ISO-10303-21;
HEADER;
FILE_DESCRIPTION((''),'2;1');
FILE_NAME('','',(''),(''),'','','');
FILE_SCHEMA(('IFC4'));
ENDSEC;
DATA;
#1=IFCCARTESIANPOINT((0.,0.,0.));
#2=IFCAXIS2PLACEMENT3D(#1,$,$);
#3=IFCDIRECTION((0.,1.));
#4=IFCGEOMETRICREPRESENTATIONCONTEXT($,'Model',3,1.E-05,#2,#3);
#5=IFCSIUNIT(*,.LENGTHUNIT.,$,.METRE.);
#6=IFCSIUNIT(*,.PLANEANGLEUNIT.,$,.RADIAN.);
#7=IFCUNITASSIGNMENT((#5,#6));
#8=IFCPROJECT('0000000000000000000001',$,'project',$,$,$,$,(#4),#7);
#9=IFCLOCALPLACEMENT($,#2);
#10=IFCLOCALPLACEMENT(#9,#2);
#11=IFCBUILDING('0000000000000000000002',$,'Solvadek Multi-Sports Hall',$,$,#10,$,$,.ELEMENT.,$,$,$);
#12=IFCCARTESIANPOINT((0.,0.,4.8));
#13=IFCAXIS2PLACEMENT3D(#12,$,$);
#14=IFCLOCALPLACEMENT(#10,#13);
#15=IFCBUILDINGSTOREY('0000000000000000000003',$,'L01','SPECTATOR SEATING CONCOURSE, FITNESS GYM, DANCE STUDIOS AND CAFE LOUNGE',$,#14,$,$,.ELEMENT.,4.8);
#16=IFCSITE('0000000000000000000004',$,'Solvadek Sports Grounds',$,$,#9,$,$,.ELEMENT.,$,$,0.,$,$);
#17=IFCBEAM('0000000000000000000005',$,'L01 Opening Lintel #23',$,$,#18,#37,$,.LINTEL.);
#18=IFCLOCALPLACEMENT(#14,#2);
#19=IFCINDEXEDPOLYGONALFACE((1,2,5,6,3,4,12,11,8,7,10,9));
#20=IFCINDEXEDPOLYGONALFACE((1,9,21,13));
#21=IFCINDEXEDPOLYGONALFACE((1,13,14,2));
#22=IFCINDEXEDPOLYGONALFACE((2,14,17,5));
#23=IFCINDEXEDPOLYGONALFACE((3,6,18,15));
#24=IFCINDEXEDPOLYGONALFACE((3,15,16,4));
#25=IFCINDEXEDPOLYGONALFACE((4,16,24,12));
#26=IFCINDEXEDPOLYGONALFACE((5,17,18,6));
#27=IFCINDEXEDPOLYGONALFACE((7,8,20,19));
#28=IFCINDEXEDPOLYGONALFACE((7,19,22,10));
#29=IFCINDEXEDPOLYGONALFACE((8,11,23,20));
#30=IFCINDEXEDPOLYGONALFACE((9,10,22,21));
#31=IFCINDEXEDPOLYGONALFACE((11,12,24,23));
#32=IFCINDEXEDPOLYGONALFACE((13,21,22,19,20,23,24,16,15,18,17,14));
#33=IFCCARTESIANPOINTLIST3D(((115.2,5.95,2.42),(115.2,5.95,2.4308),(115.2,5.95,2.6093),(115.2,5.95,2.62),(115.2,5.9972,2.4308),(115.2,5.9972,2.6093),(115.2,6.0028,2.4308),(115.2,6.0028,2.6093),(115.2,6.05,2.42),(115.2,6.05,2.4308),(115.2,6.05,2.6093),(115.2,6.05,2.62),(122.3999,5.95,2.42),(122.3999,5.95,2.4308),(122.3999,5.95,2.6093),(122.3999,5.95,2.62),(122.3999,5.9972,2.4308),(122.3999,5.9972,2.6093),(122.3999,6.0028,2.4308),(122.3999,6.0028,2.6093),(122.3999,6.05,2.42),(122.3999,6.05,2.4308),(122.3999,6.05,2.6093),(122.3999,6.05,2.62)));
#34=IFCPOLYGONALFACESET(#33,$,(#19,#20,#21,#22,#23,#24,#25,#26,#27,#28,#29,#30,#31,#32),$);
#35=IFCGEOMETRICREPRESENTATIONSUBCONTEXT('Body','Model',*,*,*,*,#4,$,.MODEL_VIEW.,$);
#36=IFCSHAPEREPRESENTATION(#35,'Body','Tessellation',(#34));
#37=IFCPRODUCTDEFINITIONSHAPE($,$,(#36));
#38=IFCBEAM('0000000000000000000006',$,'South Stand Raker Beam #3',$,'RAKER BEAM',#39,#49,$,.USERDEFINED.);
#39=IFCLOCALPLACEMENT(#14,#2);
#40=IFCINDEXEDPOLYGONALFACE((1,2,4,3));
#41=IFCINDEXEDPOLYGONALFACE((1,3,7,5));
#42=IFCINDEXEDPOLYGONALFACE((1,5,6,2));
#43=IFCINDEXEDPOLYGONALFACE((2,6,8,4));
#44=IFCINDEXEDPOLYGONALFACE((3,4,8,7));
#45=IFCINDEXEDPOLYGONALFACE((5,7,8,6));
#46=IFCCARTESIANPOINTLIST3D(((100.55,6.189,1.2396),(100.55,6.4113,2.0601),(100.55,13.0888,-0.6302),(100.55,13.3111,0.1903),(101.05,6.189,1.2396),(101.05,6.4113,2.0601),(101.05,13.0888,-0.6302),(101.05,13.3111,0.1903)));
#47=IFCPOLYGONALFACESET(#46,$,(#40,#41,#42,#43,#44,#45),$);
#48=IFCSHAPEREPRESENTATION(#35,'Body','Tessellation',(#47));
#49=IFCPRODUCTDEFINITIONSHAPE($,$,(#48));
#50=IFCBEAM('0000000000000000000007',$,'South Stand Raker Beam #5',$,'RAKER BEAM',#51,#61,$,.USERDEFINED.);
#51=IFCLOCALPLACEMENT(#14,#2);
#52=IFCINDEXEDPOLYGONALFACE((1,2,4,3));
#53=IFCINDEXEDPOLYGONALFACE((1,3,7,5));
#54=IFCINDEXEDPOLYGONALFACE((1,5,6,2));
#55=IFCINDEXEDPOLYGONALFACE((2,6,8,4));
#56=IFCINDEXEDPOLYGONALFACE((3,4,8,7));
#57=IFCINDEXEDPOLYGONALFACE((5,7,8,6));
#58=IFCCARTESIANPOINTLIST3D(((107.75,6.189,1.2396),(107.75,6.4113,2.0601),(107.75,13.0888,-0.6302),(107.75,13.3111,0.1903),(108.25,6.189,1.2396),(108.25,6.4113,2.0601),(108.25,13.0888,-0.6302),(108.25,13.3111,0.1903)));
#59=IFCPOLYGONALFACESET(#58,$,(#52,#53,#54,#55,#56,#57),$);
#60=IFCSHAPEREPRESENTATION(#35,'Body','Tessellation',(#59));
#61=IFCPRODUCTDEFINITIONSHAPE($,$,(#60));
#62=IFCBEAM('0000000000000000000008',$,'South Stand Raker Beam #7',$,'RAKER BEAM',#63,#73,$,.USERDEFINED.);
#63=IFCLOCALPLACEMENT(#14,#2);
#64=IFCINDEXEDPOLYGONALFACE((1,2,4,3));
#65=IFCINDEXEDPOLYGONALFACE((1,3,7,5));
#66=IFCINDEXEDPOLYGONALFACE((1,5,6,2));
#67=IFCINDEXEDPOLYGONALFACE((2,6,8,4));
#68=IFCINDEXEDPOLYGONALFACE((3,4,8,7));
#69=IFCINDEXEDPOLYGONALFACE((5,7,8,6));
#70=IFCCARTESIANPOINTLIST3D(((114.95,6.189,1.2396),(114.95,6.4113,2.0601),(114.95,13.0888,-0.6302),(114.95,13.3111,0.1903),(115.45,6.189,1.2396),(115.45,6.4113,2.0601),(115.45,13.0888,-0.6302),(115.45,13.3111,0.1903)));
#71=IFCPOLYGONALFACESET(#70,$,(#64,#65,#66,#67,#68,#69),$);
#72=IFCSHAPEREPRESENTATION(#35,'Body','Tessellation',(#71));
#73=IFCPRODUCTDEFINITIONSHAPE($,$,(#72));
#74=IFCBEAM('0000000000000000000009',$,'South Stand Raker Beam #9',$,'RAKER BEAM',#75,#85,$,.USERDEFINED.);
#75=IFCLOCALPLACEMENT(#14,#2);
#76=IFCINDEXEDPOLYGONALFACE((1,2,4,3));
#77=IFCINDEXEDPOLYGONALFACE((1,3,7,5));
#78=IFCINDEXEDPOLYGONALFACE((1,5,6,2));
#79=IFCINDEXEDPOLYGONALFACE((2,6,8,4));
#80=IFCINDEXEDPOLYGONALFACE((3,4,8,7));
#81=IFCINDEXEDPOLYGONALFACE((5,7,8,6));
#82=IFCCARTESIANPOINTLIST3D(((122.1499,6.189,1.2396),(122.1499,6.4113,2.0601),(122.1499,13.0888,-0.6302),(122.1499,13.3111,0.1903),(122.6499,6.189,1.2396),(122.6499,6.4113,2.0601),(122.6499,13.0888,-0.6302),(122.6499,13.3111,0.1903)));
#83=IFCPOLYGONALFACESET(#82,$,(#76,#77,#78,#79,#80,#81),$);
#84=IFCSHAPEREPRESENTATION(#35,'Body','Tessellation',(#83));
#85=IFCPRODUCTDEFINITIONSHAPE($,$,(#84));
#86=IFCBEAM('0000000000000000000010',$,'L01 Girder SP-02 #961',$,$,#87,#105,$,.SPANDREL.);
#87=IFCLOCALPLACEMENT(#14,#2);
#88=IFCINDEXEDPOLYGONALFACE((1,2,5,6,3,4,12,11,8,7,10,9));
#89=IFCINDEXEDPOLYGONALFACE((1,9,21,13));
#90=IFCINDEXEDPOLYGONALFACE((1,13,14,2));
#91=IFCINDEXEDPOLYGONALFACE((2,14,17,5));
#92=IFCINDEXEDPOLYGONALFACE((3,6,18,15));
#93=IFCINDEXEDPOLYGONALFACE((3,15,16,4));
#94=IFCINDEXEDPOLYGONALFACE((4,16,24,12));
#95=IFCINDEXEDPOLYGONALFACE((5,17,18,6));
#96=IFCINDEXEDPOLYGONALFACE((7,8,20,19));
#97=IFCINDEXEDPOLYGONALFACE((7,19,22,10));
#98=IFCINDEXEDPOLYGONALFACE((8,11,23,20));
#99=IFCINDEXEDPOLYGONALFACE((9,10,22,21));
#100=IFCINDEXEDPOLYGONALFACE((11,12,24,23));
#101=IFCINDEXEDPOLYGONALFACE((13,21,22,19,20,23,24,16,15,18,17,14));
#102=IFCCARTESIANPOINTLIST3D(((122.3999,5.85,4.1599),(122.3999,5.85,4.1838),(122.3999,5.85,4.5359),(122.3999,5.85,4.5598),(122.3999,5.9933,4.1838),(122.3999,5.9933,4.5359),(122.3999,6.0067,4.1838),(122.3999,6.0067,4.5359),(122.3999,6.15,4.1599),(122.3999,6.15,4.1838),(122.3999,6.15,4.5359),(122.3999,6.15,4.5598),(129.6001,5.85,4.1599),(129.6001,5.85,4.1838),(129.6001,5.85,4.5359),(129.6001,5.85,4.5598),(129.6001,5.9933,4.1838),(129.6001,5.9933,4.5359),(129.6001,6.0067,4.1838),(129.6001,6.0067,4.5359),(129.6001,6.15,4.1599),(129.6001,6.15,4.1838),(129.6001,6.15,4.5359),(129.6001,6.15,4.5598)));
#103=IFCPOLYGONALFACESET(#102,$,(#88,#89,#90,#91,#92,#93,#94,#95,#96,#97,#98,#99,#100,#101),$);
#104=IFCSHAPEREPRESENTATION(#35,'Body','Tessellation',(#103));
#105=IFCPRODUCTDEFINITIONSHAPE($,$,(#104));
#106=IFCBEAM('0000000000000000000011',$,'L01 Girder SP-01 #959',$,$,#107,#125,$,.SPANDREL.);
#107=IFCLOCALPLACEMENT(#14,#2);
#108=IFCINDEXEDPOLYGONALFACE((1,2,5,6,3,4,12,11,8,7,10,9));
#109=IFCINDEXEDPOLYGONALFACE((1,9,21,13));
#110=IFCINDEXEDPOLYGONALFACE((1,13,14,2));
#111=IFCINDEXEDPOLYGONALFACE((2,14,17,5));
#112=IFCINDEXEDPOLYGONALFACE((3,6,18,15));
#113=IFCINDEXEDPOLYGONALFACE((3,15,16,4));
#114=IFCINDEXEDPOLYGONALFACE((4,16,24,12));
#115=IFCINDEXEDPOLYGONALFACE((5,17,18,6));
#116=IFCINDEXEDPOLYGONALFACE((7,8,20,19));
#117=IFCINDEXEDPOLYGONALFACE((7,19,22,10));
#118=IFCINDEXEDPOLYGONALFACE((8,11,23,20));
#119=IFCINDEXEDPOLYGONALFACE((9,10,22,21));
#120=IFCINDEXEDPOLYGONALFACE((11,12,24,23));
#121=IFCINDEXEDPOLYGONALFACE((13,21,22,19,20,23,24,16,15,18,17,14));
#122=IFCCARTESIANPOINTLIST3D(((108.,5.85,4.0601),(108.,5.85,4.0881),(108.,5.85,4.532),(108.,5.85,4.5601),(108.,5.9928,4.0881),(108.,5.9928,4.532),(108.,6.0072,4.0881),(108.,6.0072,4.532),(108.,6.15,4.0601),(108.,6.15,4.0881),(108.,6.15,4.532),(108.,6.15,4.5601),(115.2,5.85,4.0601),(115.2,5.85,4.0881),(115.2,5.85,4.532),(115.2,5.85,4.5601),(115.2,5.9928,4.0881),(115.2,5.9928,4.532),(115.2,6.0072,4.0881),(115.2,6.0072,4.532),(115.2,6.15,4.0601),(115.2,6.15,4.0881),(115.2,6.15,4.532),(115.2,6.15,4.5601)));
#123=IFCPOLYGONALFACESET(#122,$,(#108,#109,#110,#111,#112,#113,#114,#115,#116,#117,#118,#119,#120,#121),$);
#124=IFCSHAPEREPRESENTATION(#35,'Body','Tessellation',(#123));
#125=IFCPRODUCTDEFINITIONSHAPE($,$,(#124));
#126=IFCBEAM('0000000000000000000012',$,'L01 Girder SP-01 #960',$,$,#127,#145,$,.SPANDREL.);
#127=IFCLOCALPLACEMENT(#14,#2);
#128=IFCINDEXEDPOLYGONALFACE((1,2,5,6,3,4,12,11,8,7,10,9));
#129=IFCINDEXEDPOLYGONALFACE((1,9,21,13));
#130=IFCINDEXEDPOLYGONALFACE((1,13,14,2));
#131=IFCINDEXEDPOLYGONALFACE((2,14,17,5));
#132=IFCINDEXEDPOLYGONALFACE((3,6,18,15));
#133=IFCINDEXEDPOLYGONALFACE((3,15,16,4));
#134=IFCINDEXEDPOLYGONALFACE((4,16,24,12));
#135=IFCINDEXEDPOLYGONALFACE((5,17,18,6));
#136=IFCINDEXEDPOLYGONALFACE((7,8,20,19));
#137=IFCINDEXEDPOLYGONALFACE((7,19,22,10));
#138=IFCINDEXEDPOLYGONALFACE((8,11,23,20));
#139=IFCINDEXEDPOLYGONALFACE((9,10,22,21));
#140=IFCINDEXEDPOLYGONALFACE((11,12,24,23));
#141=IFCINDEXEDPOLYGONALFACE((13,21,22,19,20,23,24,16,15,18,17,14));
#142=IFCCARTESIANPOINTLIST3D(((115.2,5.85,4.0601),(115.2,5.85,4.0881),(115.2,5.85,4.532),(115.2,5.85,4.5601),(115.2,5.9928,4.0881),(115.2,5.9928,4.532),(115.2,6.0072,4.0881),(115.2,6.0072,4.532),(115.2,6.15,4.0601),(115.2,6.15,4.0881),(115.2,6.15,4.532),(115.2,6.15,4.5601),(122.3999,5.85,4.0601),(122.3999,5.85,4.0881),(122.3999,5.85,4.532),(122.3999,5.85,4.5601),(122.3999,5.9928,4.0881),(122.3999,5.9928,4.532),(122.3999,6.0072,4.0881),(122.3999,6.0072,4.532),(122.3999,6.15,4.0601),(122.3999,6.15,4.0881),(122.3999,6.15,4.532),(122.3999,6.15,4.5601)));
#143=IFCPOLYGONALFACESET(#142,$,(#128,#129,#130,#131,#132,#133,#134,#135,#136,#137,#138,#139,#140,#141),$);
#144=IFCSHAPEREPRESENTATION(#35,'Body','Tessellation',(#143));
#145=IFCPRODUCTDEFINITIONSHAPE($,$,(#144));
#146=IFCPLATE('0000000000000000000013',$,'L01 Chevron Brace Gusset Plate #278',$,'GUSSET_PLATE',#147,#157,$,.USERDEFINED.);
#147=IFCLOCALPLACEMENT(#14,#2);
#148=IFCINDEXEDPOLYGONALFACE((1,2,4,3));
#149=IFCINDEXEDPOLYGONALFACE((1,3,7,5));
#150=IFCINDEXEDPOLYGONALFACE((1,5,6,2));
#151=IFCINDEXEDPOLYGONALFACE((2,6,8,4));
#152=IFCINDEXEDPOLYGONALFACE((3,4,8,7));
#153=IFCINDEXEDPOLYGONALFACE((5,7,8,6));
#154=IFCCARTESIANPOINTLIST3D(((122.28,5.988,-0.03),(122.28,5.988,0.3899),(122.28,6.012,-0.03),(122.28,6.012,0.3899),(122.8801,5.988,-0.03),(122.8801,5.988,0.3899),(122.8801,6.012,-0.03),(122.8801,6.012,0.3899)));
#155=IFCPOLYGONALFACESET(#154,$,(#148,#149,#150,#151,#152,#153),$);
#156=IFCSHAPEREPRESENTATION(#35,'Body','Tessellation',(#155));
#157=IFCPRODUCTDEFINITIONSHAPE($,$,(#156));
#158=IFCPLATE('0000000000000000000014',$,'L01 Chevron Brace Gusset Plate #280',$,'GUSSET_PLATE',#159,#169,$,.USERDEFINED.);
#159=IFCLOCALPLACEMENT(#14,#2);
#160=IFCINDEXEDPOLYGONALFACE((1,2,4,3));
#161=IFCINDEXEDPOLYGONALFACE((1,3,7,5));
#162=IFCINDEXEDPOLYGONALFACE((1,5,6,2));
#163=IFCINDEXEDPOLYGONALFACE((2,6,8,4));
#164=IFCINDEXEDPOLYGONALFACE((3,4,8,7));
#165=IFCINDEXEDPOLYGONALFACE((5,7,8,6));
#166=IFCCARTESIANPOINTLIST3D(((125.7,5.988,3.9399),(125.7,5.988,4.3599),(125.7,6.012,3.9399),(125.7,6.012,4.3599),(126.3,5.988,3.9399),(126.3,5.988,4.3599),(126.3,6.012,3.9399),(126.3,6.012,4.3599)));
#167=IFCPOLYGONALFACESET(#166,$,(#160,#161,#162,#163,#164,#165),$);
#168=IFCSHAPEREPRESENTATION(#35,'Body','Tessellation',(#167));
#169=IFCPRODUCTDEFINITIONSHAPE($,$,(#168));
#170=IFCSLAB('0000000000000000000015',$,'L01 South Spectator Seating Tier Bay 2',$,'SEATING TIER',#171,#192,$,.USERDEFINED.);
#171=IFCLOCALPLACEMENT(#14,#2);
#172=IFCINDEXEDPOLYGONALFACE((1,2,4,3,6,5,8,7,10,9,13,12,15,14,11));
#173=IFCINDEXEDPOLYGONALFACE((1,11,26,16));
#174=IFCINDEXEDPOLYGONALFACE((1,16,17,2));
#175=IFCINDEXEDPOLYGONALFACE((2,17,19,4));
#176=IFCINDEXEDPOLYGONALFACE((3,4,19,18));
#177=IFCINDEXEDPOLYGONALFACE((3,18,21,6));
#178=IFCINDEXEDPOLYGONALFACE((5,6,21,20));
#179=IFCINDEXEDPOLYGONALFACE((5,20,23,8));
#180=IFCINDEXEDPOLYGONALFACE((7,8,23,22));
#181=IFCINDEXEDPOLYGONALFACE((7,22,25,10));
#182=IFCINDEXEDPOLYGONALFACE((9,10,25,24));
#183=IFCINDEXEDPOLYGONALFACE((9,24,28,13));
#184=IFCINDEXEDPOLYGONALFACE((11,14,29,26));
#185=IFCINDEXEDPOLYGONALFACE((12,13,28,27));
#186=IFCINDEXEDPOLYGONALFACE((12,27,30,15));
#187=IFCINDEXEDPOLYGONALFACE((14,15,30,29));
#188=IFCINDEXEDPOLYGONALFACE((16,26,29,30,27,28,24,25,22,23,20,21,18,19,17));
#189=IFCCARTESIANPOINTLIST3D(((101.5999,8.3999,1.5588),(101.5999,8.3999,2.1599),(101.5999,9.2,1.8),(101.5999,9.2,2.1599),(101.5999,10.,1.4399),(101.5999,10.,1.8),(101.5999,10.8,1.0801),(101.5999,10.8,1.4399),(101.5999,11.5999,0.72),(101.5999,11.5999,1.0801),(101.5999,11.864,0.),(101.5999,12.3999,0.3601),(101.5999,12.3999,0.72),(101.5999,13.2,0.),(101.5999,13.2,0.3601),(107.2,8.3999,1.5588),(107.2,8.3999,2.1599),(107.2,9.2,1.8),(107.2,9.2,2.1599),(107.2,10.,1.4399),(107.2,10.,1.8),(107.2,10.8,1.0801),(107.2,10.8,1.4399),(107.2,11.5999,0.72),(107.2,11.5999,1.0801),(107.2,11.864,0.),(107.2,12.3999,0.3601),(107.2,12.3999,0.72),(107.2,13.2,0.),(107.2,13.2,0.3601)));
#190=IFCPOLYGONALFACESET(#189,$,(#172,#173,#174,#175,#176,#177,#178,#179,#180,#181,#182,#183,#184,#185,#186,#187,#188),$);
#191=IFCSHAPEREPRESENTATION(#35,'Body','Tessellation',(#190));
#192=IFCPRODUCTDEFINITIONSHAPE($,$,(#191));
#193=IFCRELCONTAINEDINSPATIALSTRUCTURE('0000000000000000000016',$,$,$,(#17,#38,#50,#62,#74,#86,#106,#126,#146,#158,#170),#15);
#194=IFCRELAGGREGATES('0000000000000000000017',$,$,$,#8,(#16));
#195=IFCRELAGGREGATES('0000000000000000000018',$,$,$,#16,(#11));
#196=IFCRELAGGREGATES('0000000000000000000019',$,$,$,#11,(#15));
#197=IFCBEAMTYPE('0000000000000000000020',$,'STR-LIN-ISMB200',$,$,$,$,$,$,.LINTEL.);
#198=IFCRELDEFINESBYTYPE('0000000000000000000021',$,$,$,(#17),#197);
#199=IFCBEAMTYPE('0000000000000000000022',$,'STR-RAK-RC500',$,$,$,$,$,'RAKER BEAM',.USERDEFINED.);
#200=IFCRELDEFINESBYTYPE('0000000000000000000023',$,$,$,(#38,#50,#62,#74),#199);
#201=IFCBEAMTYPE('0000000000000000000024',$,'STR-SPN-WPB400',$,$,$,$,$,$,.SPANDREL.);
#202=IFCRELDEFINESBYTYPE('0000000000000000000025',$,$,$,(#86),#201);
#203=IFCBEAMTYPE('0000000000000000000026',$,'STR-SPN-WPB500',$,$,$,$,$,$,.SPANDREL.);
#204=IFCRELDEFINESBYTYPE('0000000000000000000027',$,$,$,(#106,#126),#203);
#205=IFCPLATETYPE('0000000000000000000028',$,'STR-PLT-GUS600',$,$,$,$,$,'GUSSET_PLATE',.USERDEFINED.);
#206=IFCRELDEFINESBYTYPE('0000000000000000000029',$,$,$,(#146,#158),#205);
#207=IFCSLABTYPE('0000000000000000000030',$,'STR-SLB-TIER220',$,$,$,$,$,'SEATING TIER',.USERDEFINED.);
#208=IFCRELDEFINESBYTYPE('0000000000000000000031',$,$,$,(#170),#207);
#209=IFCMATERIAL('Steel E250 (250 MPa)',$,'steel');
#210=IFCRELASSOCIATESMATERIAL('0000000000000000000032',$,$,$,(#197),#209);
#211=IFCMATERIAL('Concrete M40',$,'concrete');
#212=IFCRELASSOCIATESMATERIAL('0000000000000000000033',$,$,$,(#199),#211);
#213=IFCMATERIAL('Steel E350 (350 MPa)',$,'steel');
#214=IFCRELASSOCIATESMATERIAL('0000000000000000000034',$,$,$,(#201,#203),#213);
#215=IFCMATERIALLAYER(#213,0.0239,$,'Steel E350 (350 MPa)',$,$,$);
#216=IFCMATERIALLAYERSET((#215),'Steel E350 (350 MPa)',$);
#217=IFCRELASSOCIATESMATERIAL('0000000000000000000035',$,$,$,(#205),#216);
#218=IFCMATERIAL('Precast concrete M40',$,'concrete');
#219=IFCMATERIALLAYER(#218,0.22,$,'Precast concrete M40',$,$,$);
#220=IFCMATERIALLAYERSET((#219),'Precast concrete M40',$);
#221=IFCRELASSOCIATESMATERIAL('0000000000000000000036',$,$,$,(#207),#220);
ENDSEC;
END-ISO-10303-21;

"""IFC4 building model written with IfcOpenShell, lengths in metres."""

from ifc_helpers import new_model, si_unit, direction, frame, origin, origin_2d, place, context, subcontext, project, spatial, polyline, rectangle, i_section, outline, extrude, material, layer, layer_set, material_profile, profile_set, type_object, element, save


model = new_model("IFC4")

# Units and contexts
model_context = context("Model", 3, precision=1e-05, world=origin(), true_north=direction((0.0, 1.0)))
body_context = subcontext(model_context, "Body", "Model", "MODEL_VIEW")
ifc_project = project(units=[si_unit("LENGTHUNIT", "METRE"), si_unit("PLANEANGLEUNIT", "RADIAN")], contexts=[model_context])

# Site, building, storey
site_placement = place(None, origin())
site = spatial("IfcSite", under=ifc_project, at=site_placement, Name="Solvadek Sports Grounds", CompositionType="ELEMENT", RefElevation=0.0)
building_placement = place(site_placement, origin())
building = spatial("IfcBuilding", under=site, at=building_placement, Name="Solvadek Multi-Sports Hall", CompositionType="ELEMENT")
storey_placement = place(building_placement, frame((0.0, 0.0, 4.8)))
storey = spatial("IfcBuildingStorey", under=building, at=storey_placement, Name="L01", Description="SPECTATOR SEATING CONCOURSE, FITNESS GYM, DANCE STUDIOS AND CAFE LOUNGE", CompositionType="ELEMENT", Elevation=4.8)

# Shared definitions
ifc_material_1 = material(Name="Steel E350 (350 MPa)", Category="steel")

# Beams
ifc_material_2 = material(Name="Steel E250 (250 MPa)", Category="steel")
ifc_material_profile_1 = material_profile(ifc_material_2, i_section(OverallWidth=0.1001, OverallDepth=0.2, WebThickness=0.0056, FlangeThickness=0.0107, at=origin_2d()), Name="ISMB 200")
ifc_profile_set_1 = profile_set([ifc_material_profile_1], Name="Steel E250 (250 MPa)")
beam_type_1 = type_object("IfcBeamType", Name="STR-LIN-ISMB200", PredefinedType="LINTEL", material=ifc_profile_set_1)
beam_1_placement = place(storey_placement, frame((115.2, 6.0, 2.52), z_axis=(1.0, 0.0, 0.0), x_axis=(0.0, 1.0, 0.0)))
element("IfcBeam", 1, at=beam_1_placement, inside=storey, type_object=beam_type_1, Name="L01 Opening Lintel #23", PredefinedType="LINTEL", context=body_context, shape_type="SweptSolid", body=[
    extrude(i_section(OverallWidth=0.1001, OverallDepth=0.2, WebThickness=0.0056, FlangeThickness=0.0107, at=origin_2d()), origin(), (0.0, 0.0, 1.0), 7.2),
])
ifc_material_3 = material(Name="Concrete M40", Category="concrete")
ifc_material_profile_2 = material_profile(ifc_material_3, rectangle(XDim=0.5, YDim=0.8501, at=origin_2d()), Name="RC RAKER 500x850")
ifc_profile_set_2 = profile_set([ifc_material_profile_2], Name="Concrete M40")
beam_type_2 = type_object("IfcBeamType", Name="STR-RAK-RC500", ElementType="RAKER BEAM", PredefinedType="USERDEFINED", material=ifc_profile_set_2)
for number, where, z_axis, x_axis, name in (
    (2, (100.8, 13.2, -0.22), (0.0, -0.965186, 0.261565), (1.0, 0.0, 0.0), "South Stand Raker Beam #3"),
    (3, (108.0, 13.2, -0.22), (0.0, -0.965186, 0.261565), (1.0, 0.0, 0.0), "South Stand Raker Beam #5"),
    (4, (115.2, 13.2, -0.22), (0.0, -0.965186, 0.261565), (1.0, 0.0, 0.0), "South Stand Raker Beam #7"),
    (5, (122.3999, 13.2, -0.22), (0.0, -0.965186, 0.261565), (1.0, 0.0, 0.0), "South Stand Raker Beam #9"),
):
    element("IfcBeam", number, at=place(storey_placement, frame(where, z_axis=z_axis, x_axis=x_axis)), inside=storey, type_object=beam_type_2, Name=name, ObjectType="RAKER BEAM", PredefinedType="USERDEFINED", context=body_context, shape_type="SweptSolid", body=[
        extrude(rectangle(XDim=0.5, YDim=0.8501, at=origin_2d()), origin(), (0.0, 0.0, 1.0), 7.1487),
    ])
ifc_material_profile_3 = material_profile(ifc_material_1, i_section(OverallWidth=0.3, OverallDepth=0.3999, WebThickness=0.0134, FlangeThickness=0.0239, at=origin_2d()), Name="WPB 400")
ifc_profile_set_3 = profile_set([ifc_material_profile_3], Name="Steel E350 (350 MPa)")
beam_type_3 = type_object("IfcBeamType", Name="STR-SPN-WPB400", PredefinedType="SPANDREL", material=ifc_profile_set_3)
beam_2_placement = place(storey_placement, frame((122.3999, 6.0, 4.3599), z_axis=(1.0, 0.0, 0.0), x_axis=(0.0, 1.0, 0.0)))
element("IfcBeam", 6, at=beam_2_placement, inside=storey, type_object=beam_type_3, Name="L01 Girder SP-02 #961", PredefinedType="SPANDREL", context=body_context, shape_type="SweptSolid", body=[
    extrude(i_section(OverallWidth=0.3, OverallDepth=0.3999, WebThickness=0.0134, FlangeThickness=0.0239, at=origin_2d()), origin(), (0.0, 0.0, 1.0), 7.2002),
])
ifc_material_profile_4 = material_profile(ifc_material_1, i_section(OverallWidth=0.3, OverallDepth=0.5, WebThickness=0.0144, FlangeThickness=0.0281, at=origin_2d()), Name="WPB 500")
ifc_profile_set_4 = profile_set([ifc_material_profile_4], Name="Steel E350 (350 MPa)")
beam_type_4 = type_object("IfcBeamType", Name="STR-SPN-WPB500", PredefinedType="SPANDREL", material=ifc_profile_set_4)
for number, where, z_axis, x_axis, name in (
    (7, (108.0, 6.0, 4.3101), (1.0, 0.0, 0.0), (0.0, 1.0, 0.0), "L01 Girder SP-01 #959"),
    (8, (115.2, 6.0, 4.3101), (1.0, 0.0, 0.0), (0.0, 1.0, 0.0), "L01 Girder SP-01 #960"),
):
    element("IfcBeam", number, at=place(storey_placement, frame(where, z_axis=z_axis, x_axis=x_axis)), inside=storey, type_object=beam_type_4, Name=name, PredefinedType="SPANDREL", context=body_context, shape_type="SweptSolid", body=[
        extrude(i_section(OverallWidth=0.3, OverallDepth=0.5, WebThickness=0.0144, FlangeThickness=0.0281, at=origin_2d()), origin(), (0.0, 0.0, 1.0), 7.2),
    ])

# Plates
ifc_layer_1 = layer(ifc_material_1, 0.0239, Name="Steel E350 (350 MPa)")
ifc_layer_set_1 = layer_set([ifc_layer_1], Name="Steel E350 (350 MPa)")
plate_type = type_object("IfcPlateType", Name="STR-PLT-GUS600", ElementType="GUSSET_PLATE", PredefinedType="USERDEFINED", material=ifc_layer_set_1)
for number, where, z_axis, x_axis, name in (
    (9, (122.5801, 6.0, -0.03), (0.0, 0.0, 1.0), (1.0, 0.0, 0.0), "L01 Chevron Brace Gusset Plate #278"),
    (10, (126.0, 6.0, 3.9399), (0.0, 0.0, 1.0), (1.0, 0.0, 0.0), "L01 Chevron Brace Gusset Plate #280"),
):
    element("IfcPlate", number, at=place(storey_placement, frame(where, z_axis=z_axis, x_axis=x_axis)), inside=storey, type_object=plate_type, Name=name, ObjectType="GUSSET_PLATE", PredefinedType="USERDEFINED", context=body_context, shape_type="SweptSolid", body=[
        extrude(rectangle(XDim=0.6001, YDim=0.0239, at=origin_2d()), origin(), (0.0, 0.0, 1.0), 0.4199),
    ])

# Slab
ifc_material_4 = material(Name="Precast concrete M40", Category="concrete")
ifc_layer_2 = layer(ifc_material_4, 0.22, Name="Precast concrete M40")
ifc_layer_set_2 = layer_set([ifc_layer_2], Name="Precast concrete M40")
slab_type = type_object("IfcSlabType", Name="STR-SLB-TIER220", ElementType="SEATING TIER", PredefinedType="USERDEFINED", material=ifc_layer_set_2)
slab_1_placement = place(storey_placement, frame((104.3999, 13.2, 0.0), z_axis=(0.0, 0.0, 1.0), x_axis=(0.0, -1.0, 0.0)))
element("IfcSlab", 11, at=slab_1_placement, inside=storey, type_object=slab_type, Name="L01 South Spectator Seating Tier Bay 2", ObjectType="SEATING TIER", PredefinedType="USERDEFINED", context=body_context, shape_type="SweptSolid", body=[
    extrude(outline(polyline([(0.0, 0.0), (0.0, 0.3601), (0.8, 0.3601), (0.8, 0.72), (1.6001, 0.72), (1.6001, 1.0801), (2.3999, 1.0801), (2.3999, 1.4399), (3.2, 1.4399), (3.2, 1.8), (4.0, 1.8), (4.0, 2.1599), (4.8, 2.1599), (4.8, 1.5588), (1.3359, 0.0), (0.0, 0.0)])), frame((0.0, 2.8, 0.0), z_axis=(0.0, -1.0, 0.0), x_axis=(1.0, 0.0, 0.0)), (0.0, 0.0, 1.0), 5.6001),
])

save(model, "model.ifc")
